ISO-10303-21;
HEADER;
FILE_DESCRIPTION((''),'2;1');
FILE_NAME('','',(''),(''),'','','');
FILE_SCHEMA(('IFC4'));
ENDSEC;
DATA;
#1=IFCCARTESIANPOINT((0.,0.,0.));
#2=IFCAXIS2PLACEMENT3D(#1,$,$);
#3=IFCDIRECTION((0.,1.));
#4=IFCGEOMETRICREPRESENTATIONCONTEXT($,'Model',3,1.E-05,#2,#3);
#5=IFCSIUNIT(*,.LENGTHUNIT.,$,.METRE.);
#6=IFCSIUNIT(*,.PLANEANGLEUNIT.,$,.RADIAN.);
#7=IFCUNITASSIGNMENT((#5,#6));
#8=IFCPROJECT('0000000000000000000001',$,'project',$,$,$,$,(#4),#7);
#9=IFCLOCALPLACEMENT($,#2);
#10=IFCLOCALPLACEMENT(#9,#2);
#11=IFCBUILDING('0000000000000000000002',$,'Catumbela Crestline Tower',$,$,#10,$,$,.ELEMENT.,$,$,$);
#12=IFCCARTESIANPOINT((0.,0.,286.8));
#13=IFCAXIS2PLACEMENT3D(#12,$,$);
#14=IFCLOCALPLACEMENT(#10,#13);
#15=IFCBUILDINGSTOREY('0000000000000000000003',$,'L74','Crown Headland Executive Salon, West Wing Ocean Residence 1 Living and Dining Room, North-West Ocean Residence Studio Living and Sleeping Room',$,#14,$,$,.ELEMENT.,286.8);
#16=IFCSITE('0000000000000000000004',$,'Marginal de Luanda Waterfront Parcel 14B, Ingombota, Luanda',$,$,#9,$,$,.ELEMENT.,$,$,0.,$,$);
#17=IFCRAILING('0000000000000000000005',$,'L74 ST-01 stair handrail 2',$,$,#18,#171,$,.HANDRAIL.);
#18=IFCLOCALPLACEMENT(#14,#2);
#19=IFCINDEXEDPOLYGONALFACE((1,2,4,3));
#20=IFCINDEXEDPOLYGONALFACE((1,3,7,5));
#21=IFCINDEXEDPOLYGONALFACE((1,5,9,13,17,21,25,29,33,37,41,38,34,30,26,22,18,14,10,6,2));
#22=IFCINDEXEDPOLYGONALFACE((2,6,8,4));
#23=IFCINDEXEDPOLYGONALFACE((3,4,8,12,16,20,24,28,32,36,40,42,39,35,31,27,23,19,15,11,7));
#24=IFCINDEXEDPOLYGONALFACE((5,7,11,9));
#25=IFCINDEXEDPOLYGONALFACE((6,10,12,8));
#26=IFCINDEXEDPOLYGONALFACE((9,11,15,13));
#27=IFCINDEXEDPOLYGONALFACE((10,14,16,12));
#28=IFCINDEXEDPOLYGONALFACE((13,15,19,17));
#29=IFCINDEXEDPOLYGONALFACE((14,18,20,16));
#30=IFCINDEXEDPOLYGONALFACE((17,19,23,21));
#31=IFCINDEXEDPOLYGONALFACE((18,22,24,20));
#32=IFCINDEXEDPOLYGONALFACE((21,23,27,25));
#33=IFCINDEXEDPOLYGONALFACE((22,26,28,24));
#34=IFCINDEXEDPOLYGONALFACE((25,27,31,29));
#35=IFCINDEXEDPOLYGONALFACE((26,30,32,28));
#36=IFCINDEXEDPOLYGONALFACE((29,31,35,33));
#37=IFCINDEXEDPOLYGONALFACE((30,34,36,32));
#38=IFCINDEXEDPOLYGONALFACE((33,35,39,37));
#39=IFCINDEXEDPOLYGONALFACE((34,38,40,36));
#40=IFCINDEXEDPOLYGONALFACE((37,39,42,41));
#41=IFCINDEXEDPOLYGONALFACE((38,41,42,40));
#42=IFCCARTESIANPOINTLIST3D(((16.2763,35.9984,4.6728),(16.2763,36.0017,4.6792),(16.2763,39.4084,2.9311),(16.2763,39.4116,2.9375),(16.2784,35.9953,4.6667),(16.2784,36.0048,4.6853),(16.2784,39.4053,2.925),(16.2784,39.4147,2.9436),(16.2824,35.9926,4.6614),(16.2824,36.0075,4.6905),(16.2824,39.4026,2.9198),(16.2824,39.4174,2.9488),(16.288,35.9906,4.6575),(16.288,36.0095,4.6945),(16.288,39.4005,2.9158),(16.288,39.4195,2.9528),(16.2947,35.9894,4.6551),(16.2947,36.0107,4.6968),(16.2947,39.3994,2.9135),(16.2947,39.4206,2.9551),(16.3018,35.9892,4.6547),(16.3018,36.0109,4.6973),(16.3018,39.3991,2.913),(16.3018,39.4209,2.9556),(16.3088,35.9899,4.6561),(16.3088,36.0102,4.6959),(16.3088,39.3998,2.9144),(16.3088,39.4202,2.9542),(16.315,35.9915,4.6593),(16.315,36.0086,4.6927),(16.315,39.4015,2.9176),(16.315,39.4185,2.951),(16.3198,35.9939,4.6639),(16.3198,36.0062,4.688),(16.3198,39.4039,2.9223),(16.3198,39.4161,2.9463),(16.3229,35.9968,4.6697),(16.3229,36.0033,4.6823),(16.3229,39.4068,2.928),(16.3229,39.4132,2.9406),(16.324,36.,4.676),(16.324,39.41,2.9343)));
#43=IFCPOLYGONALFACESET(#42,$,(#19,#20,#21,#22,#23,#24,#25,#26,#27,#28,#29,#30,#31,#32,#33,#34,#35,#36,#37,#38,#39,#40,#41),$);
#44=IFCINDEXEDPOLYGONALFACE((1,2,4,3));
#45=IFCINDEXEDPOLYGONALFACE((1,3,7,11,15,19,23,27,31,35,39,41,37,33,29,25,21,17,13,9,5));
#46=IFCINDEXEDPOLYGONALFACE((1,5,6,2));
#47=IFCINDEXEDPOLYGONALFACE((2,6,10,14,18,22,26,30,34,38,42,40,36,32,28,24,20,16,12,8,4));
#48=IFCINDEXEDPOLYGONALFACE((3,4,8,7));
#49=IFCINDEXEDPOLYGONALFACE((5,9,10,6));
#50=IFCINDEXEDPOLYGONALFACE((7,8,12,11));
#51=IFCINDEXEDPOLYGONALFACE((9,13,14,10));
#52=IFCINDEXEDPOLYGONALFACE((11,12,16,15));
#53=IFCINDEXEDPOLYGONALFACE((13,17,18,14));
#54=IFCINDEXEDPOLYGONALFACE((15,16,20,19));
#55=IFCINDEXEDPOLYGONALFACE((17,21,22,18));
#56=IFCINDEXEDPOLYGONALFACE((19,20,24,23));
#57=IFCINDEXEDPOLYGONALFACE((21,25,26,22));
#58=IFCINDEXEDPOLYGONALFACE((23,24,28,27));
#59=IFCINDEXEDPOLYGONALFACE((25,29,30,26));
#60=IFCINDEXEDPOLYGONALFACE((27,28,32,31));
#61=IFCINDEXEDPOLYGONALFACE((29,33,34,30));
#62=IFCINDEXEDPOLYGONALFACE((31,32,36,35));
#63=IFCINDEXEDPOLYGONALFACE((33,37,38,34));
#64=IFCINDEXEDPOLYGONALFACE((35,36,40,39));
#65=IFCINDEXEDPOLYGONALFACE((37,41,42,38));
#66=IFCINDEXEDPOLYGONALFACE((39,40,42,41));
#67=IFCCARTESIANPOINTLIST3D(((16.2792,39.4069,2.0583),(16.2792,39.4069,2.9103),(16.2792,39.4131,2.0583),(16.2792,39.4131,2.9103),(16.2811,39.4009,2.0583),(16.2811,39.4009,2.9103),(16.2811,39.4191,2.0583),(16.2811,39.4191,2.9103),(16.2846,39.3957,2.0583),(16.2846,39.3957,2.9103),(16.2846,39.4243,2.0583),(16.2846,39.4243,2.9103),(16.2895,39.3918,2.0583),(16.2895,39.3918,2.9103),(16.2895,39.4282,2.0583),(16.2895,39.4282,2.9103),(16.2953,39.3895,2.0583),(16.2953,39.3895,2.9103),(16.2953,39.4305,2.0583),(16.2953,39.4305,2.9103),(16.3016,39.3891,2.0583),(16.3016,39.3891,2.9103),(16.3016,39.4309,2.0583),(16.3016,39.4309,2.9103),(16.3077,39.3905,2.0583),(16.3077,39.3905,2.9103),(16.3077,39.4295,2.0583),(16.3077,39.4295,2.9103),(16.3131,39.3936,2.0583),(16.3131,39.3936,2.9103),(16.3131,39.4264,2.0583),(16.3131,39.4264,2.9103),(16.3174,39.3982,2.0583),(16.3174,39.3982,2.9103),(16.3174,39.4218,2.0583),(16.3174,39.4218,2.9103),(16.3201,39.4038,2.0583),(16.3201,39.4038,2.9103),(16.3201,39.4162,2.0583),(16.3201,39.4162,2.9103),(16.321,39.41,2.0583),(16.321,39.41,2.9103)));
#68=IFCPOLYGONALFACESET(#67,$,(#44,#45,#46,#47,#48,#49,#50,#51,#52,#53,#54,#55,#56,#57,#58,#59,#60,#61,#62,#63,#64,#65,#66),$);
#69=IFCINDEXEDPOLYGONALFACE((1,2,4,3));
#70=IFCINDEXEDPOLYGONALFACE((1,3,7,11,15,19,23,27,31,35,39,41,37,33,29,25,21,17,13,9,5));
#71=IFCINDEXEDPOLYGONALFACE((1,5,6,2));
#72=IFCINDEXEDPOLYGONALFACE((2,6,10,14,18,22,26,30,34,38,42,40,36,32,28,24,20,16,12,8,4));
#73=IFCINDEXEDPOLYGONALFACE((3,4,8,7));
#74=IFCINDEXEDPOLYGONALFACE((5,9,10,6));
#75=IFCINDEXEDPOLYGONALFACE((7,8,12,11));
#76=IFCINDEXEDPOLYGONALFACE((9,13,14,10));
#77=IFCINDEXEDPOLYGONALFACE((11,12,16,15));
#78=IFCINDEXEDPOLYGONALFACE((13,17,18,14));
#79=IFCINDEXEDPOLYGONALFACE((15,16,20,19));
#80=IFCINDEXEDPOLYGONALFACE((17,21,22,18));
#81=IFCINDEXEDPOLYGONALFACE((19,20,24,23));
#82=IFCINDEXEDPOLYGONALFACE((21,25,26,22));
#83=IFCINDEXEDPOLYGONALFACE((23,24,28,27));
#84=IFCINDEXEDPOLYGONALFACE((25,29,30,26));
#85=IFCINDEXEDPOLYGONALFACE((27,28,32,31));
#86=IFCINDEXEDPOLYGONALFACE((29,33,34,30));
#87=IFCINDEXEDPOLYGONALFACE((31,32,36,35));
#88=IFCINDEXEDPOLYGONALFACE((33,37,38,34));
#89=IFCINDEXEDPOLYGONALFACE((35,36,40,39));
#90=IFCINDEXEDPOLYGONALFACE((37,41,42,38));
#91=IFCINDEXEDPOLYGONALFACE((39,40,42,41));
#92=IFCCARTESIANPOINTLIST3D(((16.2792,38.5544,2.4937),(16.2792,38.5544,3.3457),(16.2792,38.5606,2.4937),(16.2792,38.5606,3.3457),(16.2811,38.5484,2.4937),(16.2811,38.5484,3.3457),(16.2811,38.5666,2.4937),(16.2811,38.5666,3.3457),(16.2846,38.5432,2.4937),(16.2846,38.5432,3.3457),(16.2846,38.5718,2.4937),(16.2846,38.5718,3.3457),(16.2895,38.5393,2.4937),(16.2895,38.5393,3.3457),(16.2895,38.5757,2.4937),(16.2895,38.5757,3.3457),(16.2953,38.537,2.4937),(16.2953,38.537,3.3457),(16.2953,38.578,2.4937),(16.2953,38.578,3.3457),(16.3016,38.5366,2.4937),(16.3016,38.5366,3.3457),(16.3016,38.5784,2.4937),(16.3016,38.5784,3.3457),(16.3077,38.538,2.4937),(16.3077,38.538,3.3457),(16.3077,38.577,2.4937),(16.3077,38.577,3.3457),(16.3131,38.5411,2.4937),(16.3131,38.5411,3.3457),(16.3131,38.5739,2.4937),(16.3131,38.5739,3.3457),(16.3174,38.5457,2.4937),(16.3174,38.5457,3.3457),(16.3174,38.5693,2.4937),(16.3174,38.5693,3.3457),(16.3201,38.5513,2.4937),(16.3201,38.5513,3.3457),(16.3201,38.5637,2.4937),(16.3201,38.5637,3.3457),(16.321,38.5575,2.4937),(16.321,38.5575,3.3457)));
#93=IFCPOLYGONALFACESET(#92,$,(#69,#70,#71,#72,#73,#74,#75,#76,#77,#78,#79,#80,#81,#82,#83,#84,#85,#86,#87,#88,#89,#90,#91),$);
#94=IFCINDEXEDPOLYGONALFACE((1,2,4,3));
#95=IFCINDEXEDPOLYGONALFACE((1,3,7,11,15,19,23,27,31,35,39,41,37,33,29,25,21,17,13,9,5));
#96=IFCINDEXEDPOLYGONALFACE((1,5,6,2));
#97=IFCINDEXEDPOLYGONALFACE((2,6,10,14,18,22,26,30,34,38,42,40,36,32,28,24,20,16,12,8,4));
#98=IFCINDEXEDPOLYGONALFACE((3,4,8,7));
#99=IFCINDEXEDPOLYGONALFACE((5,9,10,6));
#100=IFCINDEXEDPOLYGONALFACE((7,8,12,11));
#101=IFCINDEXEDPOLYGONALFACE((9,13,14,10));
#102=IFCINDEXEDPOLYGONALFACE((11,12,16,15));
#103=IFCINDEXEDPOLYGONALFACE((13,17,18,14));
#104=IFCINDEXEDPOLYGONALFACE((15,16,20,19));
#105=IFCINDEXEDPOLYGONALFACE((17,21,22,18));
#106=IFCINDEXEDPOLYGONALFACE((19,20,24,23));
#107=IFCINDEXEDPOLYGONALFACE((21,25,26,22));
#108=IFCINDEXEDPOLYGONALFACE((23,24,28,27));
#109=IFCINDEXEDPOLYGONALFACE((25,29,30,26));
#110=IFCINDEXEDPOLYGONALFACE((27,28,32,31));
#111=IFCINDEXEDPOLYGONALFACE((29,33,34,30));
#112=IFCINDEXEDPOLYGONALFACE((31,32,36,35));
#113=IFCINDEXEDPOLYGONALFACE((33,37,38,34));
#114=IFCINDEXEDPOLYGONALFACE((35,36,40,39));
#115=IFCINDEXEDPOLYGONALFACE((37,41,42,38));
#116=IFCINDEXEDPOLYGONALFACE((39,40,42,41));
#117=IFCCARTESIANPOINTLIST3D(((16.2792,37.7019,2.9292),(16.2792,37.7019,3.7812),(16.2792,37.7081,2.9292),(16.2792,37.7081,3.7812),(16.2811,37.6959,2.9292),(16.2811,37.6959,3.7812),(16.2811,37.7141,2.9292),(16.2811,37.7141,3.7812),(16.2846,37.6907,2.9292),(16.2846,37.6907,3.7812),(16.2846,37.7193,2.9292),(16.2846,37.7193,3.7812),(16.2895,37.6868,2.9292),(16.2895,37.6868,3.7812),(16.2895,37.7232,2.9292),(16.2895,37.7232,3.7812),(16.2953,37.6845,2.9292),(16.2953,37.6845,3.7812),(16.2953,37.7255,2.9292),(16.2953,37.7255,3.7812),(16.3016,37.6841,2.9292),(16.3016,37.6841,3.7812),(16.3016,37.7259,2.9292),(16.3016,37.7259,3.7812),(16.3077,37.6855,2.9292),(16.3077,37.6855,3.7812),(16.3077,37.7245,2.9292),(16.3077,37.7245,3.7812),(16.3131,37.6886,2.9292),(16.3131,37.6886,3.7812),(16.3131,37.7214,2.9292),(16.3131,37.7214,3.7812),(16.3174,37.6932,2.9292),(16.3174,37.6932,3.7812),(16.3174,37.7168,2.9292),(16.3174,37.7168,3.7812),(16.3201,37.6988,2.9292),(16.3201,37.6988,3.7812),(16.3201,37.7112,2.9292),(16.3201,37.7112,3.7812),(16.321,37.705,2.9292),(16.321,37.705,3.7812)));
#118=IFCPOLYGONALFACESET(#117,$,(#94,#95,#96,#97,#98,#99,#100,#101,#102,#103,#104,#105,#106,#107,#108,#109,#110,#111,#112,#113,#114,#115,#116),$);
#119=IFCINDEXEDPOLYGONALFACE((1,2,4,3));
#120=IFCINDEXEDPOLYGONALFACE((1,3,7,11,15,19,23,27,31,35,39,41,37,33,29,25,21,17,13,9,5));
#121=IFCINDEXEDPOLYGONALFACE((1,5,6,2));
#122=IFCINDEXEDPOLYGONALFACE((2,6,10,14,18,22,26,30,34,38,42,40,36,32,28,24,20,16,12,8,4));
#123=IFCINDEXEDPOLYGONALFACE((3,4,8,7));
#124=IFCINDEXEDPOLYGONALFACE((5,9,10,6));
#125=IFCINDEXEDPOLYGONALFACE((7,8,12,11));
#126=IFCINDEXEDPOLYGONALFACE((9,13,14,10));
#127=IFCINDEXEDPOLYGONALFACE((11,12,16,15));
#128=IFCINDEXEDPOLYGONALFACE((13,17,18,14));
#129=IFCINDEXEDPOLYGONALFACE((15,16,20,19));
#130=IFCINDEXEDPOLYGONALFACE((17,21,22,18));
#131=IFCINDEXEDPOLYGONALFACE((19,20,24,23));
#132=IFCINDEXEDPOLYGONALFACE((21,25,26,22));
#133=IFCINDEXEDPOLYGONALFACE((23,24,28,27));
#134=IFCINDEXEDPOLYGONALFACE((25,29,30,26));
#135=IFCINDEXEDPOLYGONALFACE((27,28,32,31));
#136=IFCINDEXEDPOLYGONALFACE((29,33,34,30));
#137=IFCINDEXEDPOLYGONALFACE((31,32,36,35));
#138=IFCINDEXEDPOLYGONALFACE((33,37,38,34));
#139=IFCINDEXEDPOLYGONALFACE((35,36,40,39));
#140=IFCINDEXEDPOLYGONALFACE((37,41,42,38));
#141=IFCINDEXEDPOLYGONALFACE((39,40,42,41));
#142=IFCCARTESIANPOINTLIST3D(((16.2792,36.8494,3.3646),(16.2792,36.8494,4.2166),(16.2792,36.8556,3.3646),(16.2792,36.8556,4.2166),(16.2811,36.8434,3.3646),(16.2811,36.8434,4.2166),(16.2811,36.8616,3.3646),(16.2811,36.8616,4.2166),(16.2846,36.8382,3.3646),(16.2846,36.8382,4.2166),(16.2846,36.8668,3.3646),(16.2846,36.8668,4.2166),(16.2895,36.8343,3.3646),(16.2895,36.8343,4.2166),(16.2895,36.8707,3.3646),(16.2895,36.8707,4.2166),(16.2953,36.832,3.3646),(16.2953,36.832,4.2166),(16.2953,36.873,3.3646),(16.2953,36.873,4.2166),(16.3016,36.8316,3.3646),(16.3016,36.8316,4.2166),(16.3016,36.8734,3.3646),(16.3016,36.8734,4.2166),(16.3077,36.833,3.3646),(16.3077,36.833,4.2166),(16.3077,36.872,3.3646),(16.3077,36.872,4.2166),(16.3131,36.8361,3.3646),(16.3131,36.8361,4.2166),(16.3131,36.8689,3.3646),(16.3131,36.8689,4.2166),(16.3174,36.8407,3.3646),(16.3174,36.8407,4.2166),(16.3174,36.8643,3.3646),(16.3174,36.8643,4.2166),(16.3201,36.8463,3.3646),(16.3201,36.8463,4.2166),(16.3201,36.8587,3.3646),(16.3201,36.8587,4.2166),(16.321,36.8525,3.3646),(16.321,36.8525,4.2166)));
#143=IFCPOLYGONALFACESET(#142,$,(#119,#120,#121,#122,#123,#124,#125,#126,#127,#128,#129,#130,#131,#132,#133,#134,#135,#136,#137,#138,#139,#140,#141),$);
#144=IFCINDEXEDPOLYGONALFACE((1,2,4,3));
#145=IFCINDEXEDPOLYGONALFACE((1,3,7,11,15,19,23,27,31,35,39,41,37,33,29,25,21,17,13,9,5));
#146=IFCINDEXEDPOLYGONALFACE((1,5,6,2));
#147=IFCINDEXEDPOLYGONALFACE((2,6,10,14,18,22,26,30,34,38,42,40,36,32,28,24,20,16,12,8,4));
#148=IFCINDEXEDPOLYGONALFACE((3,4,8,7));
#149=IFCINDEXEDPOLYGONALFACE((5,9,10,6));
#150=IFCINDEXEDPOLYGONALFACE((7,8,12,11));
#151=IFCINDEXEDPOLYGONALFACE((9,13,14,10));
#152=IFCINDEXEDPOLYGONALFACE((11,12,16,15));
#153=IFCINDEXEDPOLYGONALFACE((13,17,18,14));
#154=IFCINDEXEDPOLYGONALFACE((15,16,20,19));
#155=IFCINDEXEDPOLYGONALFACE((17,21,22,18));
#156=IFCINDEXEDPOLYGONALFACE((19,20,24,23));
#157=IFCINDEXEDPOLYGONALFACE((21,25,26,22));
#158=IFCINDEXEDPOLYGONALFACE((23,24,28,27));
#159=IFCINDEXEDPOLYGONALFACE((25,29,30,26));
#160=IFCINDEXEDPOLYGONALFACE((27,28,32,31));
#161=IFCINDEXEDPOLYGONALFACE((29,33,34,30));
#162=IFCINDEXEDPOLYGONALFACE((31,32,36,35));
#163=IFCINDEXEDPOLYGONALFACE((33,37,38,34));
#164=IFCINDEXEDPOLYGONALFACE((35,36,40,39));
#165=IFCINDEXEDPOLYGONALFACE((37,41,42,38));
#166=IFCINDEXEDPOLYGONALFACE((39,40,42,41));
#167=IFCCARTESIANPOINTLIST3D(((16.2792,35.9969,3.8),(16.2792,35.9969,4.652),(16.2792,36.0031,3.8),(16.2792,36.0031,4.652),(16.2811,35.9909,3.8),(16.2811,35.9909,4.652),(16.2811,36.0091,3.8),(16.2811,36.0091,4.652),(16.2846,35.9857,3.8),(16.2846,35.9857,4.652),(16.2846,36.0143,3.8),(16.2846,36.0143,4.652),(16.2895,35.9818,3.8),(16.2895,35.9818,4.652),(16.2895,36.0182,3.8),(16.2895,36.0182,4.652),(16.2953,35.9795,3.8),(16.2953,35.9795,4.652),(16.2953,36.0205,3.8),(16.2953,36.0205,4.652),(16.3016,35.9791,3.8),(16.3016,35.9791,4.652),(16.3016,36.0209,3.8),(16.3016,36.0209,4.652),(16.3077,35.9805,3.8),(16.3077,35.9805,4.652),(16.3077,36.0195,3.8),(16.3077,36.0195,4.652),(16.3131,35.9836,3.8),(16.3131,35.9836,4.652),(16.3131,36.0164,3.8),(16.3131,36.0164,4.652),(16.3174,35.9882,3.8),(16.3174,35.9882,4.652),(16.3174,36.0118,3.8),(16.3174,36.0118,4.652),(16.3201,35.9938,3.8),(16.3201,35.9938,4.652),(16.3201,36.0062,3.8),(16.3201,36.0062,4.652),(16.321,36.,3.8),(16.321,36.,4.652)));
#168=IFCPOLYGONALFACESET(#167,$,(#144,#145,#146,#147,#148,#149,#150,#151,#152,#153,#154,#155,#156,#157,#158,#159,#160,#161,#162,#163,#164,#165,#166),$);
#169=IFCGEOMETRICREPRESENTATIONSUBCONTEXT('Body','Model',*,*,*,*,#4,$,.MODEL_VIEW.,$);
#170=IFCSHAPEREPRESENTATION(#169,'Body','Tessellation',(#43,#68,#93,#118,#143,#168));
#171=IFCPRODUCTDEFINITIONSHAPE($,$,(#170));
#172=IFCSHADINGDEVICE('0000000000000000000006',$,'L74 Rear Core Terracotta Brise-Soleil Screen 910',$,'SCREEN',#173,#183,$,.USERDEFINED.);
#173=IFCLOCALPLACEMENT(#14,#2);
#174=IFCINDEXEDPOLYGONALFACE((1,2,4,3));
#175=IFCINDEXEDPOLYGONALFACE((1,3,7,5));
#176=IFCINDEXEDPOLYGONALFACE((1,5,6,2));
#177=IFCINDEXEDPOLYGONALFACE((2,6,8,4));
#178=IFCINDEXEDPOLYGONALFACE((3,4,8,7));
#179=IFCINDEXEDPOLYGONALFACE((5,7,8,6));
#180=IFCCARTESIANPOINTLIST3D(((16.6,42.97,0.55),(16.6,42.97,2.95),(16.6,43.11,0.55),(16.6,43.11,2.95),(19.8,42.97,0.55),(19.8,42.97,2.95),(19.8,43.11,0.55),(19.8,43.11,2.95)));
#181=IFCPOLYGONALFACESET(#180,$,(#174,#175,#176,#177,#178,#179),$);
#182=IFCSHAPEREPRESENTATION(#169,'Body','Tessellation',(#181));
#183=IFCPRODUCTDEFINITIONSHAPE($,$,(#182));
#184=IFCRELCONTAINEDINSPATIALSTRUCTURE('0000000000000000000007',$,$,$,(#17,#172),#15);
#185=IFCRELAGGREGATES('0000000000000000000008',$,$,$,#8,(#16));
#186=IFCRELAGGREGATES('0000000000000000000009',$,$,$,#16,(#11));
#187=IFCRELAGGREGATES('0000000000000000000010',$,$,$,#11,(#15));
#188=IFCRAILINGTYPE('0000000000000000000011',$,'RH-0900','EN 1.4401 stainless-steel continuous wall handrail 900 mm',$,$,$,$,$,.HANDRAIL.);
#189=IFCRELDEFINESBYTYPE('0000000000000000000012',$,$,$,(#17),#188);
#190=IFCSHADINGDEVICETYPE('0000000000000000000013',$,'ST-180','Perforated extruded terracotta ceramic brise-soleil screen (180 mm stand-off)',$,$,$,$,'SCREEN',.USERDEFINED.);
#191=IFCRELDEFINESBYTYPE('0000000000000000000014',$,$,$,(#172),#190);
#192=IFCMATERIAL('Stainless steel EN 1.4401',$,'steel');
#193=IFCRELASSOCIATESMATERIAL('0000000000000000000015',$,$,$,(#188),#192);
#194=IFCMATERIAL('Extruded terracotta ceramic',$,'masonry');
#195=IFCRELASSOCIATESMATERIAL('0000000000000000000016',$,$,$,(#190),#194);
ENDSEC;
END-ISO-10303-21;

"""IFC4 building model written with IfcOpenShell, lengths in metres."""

from ifc_helpers import new_model, si_unit, direction, frame, origin, origin_2d, place, context, subcontext, project, spatial, rectangle, circle, extrude, material, type_object, element, save


model = new_model("IFC4")

# Units and contexts
model_context = context("Model", 3, precision=1e-05, world=origin(), true_north=direction((0.0, 1.0)))
body_context = subcontext(model_context, "Body", "Model", "MODEL_VIEW")
ifc_project = project(units=[si_unit("LENGTHUNIT", "METRE"), si_unit("PLANEANGLEUNIT", "RADIAN")], contexts=[model_context])

# Site, building, storey
site_placement = place(None, origin())
site = spatial("IfcSite", under=ifc_project, at=site_placement, Name="Marginal de Luanda Waterfront Parcel 14B, Ingombota, Luanda", CompositionType="ELEMENT", RefElevation=0.0)
building_placement = place(site_placement, origin())
building = spatial("IfcBuilding", under=site, at=building_placement, Name="Catumbela Crestline Tower", CompositionType="ELEMENT")
storey_placement = place(building_placement, frame((0.0, 0.0, 286.8)))
storey = spatial("IfcBuildingStorey", under=building, at=storey_placement, Name="L74", Description="Crown Headland Executive Salon, West Wing Ocean Residence 1 Living and Dining Room, North-West Ocean Residence Studio Living and Sleeping Room", CompositionType="ELEMENT", Elevation=286.8)

# Shared definitions
ifc_material_1 = material(Name="Stainless steel EN 1.4401", Category="steel")

# Railing
railing_type_1 = type_object("IfcRailingType", Name="RH-0900", Description="EN 1.4401 stainless-steel continuous wall handrail 900 mm", PredefinedType="HANDRAIL", material=ifc_material_1)
railing_1_placement = place(storey_placement, frame((16.3, 39.41, 2.0583)))
element("IfcRailing", 1, at=railing_1_placement, inside=storey, type_object=railing_type_1, Name="L74 ST-01 stair handrail 2", PredefinedType="HANDRAIL", context=body_context, shape_type="SweptSolid", body=[
    extrude(circle(Radius=0.024, at=origin_2d()), frame((0.0, 0.0, 0.876), z_axis=(0.0, -0.89056, 0.454865), x_axis=(1.0, 0.0, 0.0)), (0.0, 0.0, 1.0), 3.829),
    extrude(circle(Radius=0.021, at=origin_2d()), origin(), (0.0, 0.0, 1.0), 0.852),
    extrude(circle(Radius=0.021, at=origin_2d()), frame((0.0, -0.8525, 0.4354)), (0.0, 0.0, 1.0), 0.852),
    extrude(circle(Radius=0.021, at=origin_2d()), frame((0.0, -1.705, 0.8709)), (0.0, 0.0, 1.0), 0.852),
    extrude(circle(Radius=0.021, at=origin_2d()), frame((0.0, -2.5575, 1.3063)), (0.0, 0.0, 1.0), 0.852),
    extrude(circle(Radius=0.021, at=origin_2d()), frame((0.0, -3.41, 1.7417)), (0.0, 0.0, 1.0), 0.852),
])

# Shading device
ifc_material_2 = material(Name="Extruded terracotta ceramic", Category="masonry")
shading_device_type = type_object("IfcShadingDeviceType", Name="ST-180", Description="Perforated extruded terracotta ceramic brise-soleil screen (180 mm stand-off)", ElementType="SCREEN", PredefinedType="USERDEFINED", material=ifc_material_2)
shading_device_placement = place(storey_placement, frame((18.2, 43.04, 0.55), z_axis=(0.0, 0.0, 1.0), x_axis=(1.0, 0.0, 0.0)))
element("IfcShadingDevice", 2, at=shading_device_placement, inside=storey, type_object=shading_device_type, Name="L74 Rear Core Terracotta Brise-Soleil Screen 910", ObjectType="SCREEN", PredefinedType="USERDEFINED", context=body_context, shape_type="SweptSolid", body=[
    extrude(rectangle(XDim=3.2, YDim=0.14, at=origin_2d()), origin(), (0.0, 0.0, 1.0), 2.4),
])

save(model, "model.ifc")
